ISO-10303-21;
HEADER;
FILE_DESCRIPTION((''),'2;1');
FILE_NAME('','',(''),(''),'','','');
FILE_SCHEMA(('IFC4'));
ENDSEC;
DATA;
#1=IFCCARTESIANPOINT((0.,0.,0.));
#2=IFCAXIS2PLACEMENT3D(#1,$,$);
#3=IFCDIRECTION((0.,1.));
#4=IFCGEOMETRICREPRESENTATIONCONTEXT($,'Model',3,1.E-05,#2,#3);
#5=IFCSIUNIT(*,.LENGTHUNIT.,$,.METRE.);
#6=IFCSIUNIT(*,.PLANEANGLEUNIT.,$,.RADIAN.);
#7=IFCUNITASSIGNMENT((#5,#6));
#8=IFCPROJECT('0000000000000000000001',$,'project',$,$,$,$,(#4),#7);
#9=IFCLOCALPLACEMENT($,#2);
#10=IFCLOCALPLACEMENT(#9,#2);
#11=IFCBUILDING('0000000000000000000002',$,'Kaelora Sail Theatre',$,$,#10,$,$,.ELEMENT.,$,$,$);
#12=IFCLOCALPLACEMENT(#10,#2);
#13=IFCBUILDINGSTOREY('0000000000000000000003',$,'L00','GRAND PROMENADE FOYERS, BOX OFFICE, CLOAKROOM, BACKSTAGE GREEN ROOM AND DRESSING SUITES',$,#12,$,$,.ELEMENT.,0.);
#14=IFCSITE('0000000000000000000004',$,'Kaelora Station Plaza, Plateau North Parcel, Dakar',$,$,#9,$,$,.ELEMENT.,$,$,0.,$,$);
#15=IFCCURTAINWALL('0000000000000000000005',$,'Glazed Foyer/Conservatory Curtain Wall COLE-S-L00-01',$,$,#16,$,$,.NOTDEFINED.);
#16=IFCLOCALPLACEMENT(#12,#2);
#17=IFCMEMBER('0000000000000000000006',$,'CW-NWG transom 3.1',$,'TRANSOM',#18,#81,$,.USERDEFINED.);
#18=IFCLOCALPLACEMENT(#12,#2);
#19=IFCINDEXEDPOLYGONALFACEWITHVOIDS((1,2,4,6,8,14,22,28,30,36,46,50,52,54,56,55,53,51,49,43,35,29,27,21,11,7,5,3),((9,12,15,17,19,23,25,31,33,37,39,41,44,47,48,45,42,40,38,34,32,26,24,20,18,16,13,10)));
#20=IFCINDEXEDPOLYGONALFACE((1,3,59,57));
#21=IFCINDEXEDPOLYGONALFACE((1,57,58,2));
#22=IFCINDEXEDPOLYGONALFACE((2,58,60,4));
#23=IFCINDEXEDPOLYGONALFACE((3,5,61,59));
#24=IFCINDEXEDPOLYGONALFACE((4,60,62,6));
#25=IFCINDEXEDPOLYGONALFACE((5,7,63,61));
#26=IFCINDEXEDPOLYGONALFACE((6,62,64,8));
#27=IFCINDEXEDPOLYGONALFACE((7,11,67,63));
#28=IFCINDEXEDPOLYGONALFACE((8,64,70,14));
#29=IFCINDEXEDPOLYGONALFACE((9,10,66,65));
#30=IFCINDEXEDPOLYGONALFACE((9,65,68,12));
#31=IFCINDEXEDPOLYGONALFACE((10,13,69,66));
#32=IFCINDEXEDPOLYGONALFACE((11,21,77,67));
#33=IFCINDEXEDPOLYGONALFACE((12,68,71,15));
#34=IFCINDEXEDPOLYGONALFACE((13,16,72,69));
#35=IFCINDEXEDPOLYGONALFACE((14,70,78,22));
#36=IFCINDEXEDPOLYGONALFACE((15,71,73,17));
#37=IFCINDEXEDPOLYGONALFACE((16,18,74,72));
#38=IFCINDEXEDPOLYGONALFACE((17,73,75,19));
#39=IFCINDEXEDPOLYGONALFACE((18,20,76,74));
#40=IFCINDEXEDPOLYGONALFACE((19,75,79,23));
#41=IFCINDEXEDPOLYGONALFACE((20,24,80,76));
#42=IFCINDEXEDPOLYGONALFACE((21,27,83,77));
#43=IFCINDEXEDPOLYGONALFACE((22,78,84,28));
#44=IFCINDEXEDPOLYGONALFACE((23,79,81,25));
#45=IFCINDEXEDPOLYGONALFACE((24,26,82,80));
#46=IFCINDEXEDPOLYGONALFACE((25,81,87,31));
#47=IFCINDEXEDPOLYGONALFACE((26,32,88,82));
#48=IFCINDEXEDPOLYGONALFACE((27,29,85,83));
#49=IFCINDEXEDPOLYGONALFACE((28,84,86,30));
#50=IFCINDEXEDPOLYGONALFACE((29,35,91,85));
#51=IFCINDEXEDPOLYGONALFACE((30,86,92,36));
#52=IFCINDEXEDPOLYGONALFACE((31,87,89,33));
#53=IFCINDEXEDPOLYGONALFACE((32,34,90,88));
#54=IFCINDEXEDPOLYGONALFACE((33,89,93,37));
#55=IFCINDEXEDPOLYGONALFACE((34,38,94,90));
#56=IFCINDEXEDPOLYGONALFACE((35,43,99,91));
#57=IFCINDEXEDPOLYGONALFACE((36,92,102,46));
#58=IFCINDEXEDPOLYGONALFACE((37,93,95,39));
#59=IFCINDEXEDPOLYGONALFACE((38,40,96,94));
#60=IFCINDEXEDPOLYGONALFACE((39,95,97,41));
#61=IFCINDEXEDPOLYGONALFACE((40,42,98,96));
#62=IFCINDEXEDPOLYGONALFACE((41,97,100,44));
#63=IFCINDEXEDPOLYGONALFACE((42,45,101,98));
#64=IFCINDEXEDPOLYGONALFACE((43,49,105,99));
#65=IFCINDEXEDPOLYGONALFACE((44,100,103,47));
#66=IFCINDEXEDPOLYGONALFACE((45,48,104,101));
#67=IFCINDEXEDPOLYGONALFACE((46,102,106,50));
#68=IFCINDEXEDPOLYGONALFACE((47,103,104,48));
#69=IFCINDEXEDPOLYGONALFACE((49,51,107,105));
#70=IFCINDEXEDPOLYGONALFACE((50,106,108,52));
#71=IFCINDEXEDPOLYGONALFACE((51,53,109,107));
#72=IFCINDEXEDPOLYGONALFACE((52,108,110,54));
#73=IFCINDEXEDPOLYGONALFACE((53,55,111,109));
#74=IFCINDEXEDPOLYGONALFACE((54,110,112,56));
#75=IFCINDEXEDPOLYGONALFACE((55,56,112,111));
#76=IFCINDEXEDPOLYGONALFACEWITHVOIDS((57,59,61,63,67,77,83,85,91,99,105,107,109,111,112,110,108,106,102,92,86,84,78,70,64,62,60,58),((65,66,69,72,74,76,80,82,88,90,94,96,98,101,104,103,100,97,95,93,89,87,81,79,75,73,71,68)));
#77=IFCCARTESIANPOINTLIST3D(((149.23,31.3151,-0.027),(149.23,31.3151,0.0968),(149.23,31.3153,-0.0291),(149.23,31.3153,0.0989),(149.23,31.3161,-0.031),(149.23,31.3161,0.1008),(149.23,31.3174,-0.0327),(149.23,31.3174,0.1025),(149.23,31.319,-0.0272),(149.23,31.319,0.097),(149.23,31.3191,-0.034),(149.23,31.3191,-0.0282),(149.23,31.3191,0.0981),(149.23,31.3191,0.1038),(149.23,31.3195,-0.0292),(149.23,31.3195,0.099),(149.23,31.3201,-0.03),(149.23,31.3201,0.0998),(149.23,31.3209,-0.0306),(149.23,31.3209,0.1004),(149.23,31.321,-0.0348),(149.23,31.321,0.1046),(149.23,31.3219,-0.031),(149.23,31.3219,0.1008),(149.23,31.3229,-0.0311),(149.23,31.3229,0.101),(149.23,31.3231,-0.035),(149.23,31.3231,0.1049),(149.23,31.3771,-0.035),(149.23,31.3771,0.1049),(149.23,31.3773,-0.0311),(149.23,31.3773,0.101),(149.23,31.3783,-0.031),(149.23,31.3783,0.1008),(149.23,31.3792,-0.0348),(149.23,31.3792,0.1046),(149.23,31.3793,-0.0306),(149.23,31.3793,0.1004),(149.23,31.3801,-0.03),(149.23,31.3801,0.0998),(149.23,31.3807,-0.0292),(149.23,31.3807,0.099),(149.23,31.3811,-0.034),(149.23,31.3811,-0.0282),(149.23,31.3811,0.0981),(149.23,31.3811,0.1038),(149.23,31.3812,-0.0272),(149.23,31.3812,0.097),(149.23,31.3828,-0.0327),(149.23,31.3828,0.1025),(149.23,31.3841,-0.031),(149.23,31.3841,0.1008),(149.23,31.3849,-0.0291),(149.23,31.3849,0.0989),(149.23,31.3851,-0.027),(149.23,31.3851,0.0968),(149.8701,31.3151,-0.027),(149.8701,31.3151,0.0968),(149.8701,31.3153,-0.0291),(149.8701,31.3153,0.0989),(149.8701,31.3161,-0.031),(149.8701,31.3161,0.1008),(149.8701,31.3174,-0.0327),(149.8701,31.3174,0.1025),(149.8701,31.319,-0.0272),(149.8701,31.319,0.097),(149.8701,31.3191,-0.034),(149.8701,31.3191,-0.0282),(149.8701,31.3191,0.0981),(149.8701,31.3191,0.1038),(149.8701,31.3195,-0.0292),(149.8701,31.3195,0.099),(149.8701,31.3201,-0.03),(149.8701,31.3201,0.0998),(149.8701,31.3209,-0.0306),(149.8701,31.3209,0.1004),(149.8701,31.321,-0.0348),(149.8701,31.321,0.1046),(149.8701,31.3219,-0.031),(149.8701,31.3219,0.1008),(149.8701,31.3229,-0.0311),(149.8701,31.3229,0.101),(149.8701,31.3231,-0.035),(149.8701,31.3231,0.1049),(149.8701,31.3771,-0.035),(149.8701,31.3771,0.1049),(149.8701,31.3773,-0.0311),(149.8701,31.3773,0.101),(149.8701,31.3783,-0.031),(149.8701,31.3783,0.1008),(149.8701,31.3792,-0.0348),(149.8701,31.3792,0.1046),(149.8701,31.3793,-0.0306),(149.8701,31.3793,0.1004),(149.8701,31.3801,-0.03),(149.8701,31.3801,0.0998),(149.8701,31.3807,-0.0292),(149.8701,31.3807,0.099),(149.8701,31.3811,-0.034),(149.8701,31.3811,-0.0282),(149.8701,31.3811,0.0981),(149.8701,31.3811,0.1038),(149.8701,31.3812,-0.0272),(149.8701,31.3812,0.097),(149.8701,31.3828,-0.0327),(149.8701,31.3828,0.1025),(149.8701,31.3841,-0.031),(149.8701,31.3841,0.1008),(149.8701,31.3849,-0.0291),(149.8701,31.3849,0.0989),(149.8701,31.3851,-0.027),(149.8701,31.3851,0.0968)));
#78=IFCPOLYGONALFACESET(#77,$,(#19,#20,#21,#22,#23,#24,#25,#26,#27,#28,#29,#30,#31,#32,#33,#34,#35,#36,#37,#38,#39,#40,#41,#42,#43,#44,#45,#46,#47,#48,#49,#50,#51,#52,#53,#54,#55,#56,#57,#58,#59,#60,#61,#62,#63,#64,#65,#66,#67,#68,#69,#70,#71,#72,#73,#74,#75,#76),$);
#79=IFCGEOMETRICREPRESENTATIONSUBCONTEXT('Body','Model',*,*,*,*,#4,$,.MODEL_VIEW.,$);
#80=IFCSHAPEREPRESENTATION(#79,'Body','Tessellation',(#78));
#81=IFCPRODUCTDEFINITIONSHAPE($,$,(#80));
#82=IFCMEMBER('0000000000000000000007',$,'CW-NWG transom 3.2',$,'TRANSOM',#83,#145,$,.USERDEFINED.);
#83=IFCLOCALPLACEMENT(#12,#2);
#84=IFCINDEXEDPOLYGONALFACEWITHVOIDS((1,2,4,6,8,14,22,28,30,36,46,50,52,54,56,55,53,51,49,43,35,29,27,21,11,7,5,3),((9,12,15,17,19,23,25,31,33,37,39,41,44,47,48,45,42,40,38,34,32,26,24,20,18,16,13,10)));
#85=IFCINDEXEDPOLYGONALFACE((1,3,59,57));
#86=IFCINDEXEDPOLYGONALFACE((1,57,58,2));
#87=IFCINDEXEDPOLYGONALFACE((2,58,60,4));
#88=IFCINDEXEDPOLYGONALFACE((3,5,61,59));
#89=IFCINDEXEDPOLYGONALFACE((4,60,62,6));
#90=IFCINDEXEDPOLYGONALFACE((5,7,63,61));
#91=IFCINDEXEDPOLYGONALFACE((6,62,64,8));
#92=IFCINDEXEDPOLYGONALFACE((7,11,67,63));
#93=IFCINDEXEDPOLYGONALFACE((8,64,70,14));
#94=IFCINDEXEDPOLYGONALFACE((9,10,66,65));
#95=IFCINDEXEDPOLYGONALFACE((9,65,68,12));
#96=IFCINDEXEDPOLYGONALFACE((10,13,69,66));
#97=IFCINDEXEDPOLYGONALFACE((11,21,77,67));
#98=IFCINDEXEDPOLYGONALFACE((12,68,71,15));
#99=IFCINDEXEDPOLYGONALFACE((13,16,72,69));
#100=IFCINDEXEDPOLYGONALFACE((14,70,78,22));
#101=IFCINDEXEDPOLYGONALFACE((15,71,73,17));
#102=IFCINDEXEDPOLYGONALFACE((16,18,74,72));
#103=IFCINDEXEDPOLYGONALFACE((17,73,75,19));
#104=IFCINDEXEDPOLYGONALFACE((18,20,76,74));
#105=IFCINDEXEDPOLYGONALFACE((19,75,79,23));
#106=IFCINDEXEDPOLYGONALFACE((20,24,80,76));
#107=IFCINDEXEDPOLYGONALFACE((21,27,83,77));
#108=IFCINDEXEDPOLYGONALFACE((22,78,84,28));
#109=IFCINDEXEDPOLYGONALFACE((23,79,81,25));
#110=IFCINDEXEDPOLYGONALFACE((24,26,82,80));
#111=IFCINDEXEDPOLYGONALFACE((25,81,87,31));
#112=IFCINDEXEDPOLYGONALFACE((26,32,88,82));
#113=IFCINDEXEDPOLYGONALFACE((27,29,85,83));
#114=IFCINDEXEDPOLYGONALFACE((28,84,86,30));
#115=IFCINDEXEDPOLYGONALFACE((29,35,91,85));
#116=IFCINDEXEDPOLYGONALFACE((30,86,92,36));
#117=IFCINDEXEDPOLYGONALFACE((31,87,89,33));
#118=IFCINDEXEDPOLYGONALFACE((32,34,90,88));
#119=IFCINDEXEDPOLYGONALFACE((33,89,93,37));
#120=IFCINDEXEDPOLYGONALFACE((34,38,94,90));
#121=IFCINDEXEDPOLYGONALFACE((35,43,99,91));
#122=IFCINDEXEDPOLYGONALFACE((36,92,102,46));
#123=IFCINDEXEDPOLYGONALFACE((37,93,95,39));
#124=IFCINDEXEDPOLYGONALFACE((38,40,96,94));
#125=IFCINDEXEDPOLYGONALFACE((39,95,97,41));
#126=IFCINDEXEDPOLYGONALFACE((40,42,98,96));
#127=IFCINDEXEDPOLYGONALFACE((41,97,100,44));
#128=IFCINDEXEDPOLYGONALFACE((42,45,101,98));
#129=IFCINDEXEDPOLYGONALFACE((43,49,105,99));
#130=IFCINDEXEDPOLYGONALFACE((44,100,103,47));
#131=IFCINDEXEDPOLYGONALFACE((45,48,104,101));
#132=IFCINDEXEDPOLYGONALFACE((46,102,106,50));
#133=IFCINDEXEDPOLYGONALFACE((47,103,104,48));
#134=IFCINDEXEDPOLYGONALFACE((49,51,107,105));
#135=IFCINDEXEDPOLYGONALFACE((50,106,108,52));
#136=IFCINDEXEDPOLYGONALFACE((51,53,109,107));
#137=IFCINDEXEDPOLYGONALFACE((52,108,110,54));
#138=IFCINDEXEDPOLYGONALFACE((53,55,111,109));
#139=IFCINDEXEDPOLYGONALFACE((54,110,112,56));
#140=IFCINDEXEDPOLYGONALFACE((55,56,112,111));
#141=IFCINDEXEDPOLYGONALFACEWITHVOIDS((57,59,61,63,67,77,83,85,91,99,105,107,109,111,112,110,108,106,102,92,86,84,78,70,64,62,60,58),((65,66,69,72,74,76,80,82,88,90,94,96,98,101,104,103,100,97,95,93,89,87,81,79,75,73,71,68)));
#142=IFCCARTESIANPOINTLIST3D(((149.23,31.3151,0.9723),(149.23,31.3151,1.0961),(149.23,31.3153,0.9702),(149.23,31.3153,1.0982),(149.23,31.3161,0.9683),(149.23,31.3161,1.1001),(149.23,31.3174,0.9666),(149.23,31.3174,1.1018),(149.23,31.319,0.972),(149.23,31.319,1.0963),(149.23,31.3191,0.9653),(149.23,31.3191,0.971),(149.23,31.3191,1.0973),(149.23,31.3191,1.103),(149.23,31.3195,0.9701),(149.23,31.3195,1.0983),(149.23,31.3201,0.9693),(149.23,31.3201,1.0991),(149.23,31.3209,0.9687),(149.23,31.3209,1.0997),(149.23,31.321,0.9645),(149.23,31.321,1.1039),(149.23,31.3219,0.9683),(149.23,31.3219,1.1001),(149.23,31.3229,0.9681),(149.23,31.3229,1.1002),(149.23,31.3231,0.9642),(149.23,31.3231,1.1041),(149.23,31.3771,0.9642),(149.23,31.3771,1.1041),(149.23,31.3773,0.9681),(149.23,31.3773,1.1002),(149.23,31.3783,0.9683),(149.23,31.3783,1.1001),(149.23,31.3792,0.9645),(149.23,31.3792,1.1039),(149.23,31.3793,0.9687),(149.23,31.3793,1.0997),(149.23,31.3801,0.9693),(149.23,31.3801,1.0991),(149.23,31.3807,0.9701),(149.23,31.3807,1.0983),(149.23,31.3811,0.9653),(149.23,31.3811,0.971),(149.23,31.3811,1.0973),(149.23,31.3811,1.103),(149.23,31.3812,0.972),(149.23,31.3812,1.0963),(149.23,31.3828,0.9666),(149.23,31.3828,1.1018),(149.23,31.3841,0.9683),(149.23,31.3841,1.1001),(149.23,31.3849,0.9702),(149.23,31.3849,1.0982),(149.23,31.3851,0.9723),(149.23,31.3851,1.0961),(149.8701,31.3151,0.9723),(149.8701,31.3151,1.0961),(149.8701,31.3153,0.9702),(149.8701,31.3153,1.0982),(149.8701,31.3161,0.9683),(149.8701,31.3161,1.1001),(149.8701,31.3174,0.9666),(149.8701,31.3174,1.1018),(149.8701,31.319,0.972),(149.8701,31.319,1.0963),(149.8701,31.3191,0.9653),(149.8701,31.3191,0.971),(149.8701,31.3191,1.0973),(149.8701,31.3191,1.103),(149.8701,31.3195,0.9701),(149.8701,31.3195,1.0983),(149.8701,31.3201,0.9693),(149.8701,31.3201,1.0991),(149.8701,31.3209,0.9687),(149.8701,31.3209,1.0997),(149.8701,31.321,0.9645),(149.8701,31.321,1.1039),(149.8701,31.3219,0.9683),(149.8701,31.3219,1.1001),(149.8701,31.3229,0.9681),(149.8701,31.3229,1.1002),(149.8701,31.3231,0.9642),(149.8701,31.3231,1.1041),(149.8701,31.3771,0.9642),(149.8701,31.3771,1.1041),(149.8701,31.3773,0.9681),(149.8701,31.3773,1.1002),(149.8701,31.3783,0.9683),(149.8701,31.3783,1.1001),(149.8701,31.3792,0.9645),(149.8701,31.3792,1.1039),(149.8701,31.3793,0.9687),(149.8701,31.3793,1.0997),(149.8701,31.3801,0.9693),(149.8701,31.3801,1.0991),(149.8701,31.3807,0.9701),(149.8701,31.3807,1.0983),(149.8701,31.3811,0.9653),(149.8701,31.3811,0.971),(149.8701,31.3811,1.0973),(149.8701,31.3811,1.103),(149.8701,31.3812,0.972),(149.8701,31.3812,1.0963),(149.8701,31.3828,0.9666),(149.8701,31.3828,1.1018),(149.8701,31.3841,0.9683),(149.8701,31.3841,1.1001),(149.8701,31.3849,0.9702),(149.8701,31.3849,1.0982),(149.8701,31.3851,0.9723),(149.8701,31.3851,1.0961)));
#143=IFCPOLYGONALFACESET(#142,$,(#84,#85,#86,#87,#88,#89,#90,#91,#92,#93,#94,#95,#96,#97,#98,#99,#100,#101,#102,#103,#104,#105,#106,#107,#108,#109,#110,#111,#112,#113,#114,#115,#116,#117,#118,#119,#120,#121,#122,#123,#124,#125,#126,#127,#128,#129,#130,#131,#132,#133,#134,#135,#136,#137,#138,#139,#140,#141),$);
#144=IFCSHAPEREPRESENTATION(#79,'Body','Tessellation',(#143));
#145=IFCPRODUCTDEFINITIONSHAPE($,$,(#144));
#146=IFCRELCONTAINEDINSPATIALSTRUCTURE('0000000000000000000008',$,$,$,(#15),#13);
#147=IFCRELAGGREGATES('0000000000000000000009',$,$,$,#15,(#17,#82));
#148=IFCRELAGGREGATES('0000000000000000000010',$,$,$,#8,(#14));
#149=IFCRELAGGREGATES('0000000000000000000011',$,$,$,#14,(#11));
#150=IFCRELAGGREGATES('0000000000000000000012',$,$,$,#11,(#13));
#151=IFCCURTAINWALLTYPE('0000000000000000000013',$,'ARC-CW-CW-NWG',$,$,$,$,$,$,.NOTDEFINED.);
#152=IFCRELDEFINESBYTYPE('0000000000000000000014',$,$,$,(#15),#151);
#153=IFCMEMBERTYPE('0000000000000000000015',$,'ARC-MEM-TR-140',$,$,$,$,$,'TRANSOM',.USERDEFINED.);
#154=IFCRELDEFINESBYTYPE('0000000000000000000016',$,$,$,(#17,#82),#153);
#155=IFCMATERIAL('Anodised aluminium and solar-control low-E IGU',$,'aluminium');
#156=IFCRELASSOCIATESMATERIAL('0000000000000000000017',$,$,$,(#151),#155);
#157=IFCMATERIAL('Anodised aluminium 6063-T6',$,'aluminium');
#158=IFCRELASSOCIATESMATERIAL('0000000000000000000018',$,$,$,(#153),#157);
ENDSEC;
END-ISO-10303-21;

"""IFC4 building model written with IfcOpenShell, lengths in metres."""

from ifc_helpers import new_model, si_unit, direction, frame, origin, origin_2d, place, context, subcontext, project, spatial, hollow_rectangle, extrude, material, material_profile, profile_set, type_object, element, aggregate, save


model = new_model("IFC4")

# Units and contexts
model_context = context("Model", 3, precision=1e-05, world=origin(), true_north=direction((0.0, 1.0)))
body_context = subcontext(model_context, "Body", "Model", "MODEL_VIEW")
ifc_project = project(units=[si_unit("LENGTHUNIT", "METRE"), si_unit("PLANEANGLEUNIT", "RADIAN")], contexts=[model_context])

# Site, building, storey
site_placement = place(None, origin())
site = spatial("IfcSite", under=ifc_project, at=site_placement, Name="Kaelora Station Plaza, Plateau North Parcel, Dakar", CompositionType="ELEMENT", RefElevation=0.0)
building_placement = place(site_placement, origin())
building = spatial("IfcBuilding", under=site, at=building_placement, Name="Kaelora Sail Theatre", CompositionType="ELEMENT")
storey_placement = place(building_placement, origin())
storey = spatial("IfcBuildingStorey", under=building, at=storey_placement, Name="L00", Description="GRAND PROMENADE FOYERS, BOX OFFICE, CLOAKROOM, BACKSTAGE GREEN ROOM AND DRESSING SUITES", CompositionType="ELEMENT", Elevation=0.0)

# Curtain wall, members
ifc_material_1 = material(Name="Anodised aluminium and solar-control low-E IGU", Category="aluminium")
curtain_wall_type = type_object("IfcCurtainWallType", Name="ARC-CW-CW-NWG", PredefinedType="NOTDEFINED", material=ifc_material_1)
curtain_wall_placement = place(storey_placement, origin())
curtain_wall = element("IfcCurtainWall", 1, at=curtain_wall_placement, inside=storey, type_object=curtain_wall_type, Name="Glazed Foyer/Conservatory Curtain Wall COLE-S-L00-01", PredefinedType="NOTDEFINED")
ifc_material_2 = material(Name="Anodised aluminium 6063-T6", Category="aluminium")
ifc_material_profile_1 = material_profile(ifc_material_2, hollow_rectangle(XDim=0.0701, YDim=0.1399, WallThickness=0.0039, InnerFilletRadius=0.0039, OuterFilletRadius=0.0081, at=origin_2d()), Name="ALU-TRAN 70x140x4")
ifc_profile_set_1 = profile_set([ifc_material_profile_1], Name="Anodised aluminium 6063-T6")
member_type_1 = type_object("IfcMemberType", Name="ARC-MEM-TR-140", ElementType="TRANSOM", PredefinedType="USERDEFINED", material=ifc_profile_set_1)
member_1_placement = place(storey_placement, frame((149.23, 31.3501, 0.0349), z_axis=(1.0, 0.0, 0.0), x_axis=(0.0, 1.0, 0.0)))
member_1 = element("IfcMember", 2, at=member_1_placement, type_object=member_type_1, Name="CW-NWG transom 3.1", ObjectType="TRANSOM", PredefinedType="USERDEFINED", context=body_context, shape_type="SweptSolid", body=[
    extrude(hollow_rectangle(XDim=0.0701, YDim=0.1399, WallThickness=0.0039, InnerFilletRadius=0.0039, OuterFilletRadius=0.0081, at=origin_2d()), origin(), (0.0, 0.0, 1.0), 0.6401),
])
member_2_placement = place(storey_placement, frame((149.23, 31.3501, 1.0342), z_axis=(1.0, 0.0, 0.0), x_axis=(0.0, 1.0, 0.0)))
member_2 = element("IfcMember", 3, at=member_2_placement, type_object=member_type_1, Name="CW-NWG transom 3.2", ObjectType="TRANSOM", PredefinedType="USERDEFINED", context=body_context, shape_type="SweptSolid", body=[
    extrude(hollow_rectangle(XDim=0.0701, YDim=0.1399, WallThickness=0.0039, InnerFilletRadius=0.0039, OuterFilletRadius=0.0081, at=origin_2d()), origin(), (0.0, 0.0, 1.0), 0.6401),
])
aggregate(curtain_wall, [member_1, member_2])

save(model, "model.ifc")
